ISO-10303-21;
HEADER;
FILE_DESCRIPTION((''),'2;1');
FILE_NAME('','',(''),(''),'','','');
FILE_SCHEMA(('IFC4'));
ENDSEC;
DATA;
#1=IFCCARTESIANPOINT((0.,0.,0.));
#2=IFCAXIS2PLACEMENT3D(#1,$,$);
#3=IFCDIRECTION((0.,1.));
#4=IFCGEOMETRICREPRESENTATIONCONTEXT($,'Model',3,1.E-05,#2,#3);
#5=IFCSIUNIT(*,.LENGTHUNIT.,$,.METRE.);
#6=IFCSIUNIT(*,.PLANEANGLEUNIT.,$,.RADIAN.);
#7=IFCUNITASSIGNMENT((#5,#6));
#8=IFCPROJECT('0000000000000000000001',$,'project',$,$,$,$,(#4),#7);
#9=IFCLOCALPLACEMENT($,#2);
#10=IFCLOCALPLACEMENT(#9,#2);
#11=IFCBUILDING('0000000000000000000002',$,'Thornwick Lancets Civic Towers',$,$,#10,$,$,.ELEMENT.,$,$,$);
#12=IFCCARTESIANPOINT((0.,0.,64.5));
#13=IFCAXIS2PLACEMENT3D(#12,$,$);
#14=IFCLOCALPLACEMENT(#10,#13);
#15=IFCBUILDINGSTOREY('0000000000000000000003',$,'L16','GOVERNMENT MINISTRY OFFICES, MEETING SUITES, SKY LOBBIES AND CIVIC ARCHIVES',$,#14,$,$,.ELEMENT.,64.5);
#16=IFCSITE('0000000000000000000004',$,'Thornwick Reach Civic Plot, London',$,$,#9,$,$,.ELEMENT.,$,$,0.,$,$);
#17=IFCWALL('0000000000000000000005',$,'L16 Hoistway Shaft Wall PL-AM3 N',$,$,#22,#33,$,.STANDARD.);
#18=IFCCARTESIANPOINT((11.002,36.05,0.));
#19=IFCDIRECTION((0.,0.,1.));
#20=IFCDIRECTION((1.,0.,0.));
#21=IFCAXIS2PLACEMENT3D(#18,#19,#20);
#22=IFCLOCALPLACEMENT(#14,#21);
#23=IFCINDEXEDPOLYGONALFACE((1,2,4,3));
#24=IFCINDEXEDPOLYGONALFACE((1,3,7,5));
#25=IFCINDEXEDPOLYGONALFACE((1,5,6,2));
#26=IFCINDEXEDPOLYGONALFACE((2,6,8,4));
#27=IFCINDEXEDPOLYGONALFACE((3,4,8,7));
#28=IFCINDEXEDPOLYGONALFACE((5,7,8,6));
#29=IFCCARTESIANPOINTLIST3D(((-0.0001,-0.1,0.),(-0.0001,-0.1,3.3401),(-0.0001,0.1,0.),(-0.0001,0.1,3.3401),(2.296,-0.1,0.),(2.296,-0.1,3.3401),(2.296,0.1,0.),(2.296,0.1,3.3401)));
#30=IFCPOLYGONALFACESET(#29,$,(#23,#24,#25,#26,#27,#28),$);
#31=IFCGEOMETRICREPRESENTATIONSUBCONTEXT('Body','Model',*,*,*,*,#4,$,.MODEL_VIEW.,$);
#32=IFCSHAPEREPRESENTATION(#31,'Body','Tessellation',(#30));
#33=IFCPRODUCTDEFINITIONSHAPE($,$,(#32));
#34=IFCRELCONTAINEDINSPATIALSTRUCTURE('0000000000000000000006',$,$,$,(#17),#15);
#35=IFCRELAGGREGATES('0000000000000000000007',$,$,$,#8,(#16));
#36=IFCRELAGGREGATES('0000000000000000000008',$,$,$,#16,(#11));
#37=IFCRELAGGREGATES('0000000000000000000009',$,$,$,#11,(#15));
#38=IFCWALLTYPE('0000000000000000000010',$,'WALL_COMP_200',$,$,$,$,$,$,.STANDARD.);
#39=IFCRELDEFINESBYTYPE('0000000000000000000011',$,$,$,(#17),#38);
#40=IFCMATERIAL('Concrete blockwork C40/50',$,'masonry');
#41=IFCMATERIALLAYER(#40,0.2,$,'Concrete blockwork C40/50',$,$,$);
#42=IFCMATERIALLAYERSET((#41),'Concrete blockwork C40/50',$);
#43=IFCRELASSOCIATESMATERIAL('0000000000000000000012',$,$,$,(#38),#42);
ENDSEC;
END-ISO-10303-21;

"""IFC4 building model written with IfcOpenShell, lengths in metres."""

from ifc_helpers import new_model, si_unit, direction, frame, frame_2d, origin, place, context, subcontext, project, spatial, rectangle, extrude, material, layer, layer_set, type_object, element, save


model = new_model("IFC4")

# Units and contexts
model_context = context("Model", 3, precision=1e-05, world=origin(), true_north=direction((0.0, 1.0)))
body_context = subcontext(model_context, "Body", "Model", "MODEL_VIEW")
ifc_project = project(units=[si_unit("LENGTHUNIT", "METRE"), si_unit("PLANEANGLEUNIT", "RADIAN")], contexts=[model_context])

# Site, building, storey
site_placement = place(None, origin())
site = spatial("IfcSite", under=ifc_project, at=site_placement, Name="Thornwick Reach Civic Plot, London", CompositionType="ELEMENT", RefElevation=0.0)
building_placement = place(site_placement, origin())
building = spatial("IfcBuilding", under=site, at=building_placement, Name="Thornwick Lancets Civic Towers", CompositionType="ELEMENT")
storey_placement = place(building_placement, frame((0.0, 0.0, 64.5)))
storey = spatial("IfcBuildingStorey", under=building, at=storey_placement, Name="L16", Description="GOVERNMENT MINISTRY OFFICES, MEETING SUITES, SKY LOBBIES AND CIVIC ARCHIVES", CompositionType="ELEMENT", Elevation=64.5)

# Shared definitions
ifc_material_1 = material(Name="Concrete blockwork C40/50", Category="masonry")
ifc_layer_1 = layer(ifc_material_1, 0.2, Name="Concrete blockwork C40/50")
ifc_layer_set_1 = layer_set([ifc_layer_1], Name="Concrete blockwork C40/50")
wall_type_1 = type_object("IfcWallType", Name="WALL_COMP_200", PredefinedType="STANDARD", material=ifc_layer_set_1)

# Wall
wall_1_placement = place(storey_placement, frame((11.002, 36.05, 0.0), z_axis=(0.0, 0.0, 1.0), x_axis=(1.0, 0.0, 0.0)))
element("IfcWall", 1, at=wall_1_placement, inside=storey, type_object=wall_type_1, Name="L16 Hoistway Shaft Wall PL-AM3 N", PredefinedType="STANDARD", context=body_context, shape_type="SweptSolid", body=[
    extrude(rectangle(XDim=2.2961, YDim=0.2, at=frame_2d((1.1479, 0.0))), origin(), (0.0, 0.0, 1.0), 3.3401),
])

save(model, "model.ifc")
